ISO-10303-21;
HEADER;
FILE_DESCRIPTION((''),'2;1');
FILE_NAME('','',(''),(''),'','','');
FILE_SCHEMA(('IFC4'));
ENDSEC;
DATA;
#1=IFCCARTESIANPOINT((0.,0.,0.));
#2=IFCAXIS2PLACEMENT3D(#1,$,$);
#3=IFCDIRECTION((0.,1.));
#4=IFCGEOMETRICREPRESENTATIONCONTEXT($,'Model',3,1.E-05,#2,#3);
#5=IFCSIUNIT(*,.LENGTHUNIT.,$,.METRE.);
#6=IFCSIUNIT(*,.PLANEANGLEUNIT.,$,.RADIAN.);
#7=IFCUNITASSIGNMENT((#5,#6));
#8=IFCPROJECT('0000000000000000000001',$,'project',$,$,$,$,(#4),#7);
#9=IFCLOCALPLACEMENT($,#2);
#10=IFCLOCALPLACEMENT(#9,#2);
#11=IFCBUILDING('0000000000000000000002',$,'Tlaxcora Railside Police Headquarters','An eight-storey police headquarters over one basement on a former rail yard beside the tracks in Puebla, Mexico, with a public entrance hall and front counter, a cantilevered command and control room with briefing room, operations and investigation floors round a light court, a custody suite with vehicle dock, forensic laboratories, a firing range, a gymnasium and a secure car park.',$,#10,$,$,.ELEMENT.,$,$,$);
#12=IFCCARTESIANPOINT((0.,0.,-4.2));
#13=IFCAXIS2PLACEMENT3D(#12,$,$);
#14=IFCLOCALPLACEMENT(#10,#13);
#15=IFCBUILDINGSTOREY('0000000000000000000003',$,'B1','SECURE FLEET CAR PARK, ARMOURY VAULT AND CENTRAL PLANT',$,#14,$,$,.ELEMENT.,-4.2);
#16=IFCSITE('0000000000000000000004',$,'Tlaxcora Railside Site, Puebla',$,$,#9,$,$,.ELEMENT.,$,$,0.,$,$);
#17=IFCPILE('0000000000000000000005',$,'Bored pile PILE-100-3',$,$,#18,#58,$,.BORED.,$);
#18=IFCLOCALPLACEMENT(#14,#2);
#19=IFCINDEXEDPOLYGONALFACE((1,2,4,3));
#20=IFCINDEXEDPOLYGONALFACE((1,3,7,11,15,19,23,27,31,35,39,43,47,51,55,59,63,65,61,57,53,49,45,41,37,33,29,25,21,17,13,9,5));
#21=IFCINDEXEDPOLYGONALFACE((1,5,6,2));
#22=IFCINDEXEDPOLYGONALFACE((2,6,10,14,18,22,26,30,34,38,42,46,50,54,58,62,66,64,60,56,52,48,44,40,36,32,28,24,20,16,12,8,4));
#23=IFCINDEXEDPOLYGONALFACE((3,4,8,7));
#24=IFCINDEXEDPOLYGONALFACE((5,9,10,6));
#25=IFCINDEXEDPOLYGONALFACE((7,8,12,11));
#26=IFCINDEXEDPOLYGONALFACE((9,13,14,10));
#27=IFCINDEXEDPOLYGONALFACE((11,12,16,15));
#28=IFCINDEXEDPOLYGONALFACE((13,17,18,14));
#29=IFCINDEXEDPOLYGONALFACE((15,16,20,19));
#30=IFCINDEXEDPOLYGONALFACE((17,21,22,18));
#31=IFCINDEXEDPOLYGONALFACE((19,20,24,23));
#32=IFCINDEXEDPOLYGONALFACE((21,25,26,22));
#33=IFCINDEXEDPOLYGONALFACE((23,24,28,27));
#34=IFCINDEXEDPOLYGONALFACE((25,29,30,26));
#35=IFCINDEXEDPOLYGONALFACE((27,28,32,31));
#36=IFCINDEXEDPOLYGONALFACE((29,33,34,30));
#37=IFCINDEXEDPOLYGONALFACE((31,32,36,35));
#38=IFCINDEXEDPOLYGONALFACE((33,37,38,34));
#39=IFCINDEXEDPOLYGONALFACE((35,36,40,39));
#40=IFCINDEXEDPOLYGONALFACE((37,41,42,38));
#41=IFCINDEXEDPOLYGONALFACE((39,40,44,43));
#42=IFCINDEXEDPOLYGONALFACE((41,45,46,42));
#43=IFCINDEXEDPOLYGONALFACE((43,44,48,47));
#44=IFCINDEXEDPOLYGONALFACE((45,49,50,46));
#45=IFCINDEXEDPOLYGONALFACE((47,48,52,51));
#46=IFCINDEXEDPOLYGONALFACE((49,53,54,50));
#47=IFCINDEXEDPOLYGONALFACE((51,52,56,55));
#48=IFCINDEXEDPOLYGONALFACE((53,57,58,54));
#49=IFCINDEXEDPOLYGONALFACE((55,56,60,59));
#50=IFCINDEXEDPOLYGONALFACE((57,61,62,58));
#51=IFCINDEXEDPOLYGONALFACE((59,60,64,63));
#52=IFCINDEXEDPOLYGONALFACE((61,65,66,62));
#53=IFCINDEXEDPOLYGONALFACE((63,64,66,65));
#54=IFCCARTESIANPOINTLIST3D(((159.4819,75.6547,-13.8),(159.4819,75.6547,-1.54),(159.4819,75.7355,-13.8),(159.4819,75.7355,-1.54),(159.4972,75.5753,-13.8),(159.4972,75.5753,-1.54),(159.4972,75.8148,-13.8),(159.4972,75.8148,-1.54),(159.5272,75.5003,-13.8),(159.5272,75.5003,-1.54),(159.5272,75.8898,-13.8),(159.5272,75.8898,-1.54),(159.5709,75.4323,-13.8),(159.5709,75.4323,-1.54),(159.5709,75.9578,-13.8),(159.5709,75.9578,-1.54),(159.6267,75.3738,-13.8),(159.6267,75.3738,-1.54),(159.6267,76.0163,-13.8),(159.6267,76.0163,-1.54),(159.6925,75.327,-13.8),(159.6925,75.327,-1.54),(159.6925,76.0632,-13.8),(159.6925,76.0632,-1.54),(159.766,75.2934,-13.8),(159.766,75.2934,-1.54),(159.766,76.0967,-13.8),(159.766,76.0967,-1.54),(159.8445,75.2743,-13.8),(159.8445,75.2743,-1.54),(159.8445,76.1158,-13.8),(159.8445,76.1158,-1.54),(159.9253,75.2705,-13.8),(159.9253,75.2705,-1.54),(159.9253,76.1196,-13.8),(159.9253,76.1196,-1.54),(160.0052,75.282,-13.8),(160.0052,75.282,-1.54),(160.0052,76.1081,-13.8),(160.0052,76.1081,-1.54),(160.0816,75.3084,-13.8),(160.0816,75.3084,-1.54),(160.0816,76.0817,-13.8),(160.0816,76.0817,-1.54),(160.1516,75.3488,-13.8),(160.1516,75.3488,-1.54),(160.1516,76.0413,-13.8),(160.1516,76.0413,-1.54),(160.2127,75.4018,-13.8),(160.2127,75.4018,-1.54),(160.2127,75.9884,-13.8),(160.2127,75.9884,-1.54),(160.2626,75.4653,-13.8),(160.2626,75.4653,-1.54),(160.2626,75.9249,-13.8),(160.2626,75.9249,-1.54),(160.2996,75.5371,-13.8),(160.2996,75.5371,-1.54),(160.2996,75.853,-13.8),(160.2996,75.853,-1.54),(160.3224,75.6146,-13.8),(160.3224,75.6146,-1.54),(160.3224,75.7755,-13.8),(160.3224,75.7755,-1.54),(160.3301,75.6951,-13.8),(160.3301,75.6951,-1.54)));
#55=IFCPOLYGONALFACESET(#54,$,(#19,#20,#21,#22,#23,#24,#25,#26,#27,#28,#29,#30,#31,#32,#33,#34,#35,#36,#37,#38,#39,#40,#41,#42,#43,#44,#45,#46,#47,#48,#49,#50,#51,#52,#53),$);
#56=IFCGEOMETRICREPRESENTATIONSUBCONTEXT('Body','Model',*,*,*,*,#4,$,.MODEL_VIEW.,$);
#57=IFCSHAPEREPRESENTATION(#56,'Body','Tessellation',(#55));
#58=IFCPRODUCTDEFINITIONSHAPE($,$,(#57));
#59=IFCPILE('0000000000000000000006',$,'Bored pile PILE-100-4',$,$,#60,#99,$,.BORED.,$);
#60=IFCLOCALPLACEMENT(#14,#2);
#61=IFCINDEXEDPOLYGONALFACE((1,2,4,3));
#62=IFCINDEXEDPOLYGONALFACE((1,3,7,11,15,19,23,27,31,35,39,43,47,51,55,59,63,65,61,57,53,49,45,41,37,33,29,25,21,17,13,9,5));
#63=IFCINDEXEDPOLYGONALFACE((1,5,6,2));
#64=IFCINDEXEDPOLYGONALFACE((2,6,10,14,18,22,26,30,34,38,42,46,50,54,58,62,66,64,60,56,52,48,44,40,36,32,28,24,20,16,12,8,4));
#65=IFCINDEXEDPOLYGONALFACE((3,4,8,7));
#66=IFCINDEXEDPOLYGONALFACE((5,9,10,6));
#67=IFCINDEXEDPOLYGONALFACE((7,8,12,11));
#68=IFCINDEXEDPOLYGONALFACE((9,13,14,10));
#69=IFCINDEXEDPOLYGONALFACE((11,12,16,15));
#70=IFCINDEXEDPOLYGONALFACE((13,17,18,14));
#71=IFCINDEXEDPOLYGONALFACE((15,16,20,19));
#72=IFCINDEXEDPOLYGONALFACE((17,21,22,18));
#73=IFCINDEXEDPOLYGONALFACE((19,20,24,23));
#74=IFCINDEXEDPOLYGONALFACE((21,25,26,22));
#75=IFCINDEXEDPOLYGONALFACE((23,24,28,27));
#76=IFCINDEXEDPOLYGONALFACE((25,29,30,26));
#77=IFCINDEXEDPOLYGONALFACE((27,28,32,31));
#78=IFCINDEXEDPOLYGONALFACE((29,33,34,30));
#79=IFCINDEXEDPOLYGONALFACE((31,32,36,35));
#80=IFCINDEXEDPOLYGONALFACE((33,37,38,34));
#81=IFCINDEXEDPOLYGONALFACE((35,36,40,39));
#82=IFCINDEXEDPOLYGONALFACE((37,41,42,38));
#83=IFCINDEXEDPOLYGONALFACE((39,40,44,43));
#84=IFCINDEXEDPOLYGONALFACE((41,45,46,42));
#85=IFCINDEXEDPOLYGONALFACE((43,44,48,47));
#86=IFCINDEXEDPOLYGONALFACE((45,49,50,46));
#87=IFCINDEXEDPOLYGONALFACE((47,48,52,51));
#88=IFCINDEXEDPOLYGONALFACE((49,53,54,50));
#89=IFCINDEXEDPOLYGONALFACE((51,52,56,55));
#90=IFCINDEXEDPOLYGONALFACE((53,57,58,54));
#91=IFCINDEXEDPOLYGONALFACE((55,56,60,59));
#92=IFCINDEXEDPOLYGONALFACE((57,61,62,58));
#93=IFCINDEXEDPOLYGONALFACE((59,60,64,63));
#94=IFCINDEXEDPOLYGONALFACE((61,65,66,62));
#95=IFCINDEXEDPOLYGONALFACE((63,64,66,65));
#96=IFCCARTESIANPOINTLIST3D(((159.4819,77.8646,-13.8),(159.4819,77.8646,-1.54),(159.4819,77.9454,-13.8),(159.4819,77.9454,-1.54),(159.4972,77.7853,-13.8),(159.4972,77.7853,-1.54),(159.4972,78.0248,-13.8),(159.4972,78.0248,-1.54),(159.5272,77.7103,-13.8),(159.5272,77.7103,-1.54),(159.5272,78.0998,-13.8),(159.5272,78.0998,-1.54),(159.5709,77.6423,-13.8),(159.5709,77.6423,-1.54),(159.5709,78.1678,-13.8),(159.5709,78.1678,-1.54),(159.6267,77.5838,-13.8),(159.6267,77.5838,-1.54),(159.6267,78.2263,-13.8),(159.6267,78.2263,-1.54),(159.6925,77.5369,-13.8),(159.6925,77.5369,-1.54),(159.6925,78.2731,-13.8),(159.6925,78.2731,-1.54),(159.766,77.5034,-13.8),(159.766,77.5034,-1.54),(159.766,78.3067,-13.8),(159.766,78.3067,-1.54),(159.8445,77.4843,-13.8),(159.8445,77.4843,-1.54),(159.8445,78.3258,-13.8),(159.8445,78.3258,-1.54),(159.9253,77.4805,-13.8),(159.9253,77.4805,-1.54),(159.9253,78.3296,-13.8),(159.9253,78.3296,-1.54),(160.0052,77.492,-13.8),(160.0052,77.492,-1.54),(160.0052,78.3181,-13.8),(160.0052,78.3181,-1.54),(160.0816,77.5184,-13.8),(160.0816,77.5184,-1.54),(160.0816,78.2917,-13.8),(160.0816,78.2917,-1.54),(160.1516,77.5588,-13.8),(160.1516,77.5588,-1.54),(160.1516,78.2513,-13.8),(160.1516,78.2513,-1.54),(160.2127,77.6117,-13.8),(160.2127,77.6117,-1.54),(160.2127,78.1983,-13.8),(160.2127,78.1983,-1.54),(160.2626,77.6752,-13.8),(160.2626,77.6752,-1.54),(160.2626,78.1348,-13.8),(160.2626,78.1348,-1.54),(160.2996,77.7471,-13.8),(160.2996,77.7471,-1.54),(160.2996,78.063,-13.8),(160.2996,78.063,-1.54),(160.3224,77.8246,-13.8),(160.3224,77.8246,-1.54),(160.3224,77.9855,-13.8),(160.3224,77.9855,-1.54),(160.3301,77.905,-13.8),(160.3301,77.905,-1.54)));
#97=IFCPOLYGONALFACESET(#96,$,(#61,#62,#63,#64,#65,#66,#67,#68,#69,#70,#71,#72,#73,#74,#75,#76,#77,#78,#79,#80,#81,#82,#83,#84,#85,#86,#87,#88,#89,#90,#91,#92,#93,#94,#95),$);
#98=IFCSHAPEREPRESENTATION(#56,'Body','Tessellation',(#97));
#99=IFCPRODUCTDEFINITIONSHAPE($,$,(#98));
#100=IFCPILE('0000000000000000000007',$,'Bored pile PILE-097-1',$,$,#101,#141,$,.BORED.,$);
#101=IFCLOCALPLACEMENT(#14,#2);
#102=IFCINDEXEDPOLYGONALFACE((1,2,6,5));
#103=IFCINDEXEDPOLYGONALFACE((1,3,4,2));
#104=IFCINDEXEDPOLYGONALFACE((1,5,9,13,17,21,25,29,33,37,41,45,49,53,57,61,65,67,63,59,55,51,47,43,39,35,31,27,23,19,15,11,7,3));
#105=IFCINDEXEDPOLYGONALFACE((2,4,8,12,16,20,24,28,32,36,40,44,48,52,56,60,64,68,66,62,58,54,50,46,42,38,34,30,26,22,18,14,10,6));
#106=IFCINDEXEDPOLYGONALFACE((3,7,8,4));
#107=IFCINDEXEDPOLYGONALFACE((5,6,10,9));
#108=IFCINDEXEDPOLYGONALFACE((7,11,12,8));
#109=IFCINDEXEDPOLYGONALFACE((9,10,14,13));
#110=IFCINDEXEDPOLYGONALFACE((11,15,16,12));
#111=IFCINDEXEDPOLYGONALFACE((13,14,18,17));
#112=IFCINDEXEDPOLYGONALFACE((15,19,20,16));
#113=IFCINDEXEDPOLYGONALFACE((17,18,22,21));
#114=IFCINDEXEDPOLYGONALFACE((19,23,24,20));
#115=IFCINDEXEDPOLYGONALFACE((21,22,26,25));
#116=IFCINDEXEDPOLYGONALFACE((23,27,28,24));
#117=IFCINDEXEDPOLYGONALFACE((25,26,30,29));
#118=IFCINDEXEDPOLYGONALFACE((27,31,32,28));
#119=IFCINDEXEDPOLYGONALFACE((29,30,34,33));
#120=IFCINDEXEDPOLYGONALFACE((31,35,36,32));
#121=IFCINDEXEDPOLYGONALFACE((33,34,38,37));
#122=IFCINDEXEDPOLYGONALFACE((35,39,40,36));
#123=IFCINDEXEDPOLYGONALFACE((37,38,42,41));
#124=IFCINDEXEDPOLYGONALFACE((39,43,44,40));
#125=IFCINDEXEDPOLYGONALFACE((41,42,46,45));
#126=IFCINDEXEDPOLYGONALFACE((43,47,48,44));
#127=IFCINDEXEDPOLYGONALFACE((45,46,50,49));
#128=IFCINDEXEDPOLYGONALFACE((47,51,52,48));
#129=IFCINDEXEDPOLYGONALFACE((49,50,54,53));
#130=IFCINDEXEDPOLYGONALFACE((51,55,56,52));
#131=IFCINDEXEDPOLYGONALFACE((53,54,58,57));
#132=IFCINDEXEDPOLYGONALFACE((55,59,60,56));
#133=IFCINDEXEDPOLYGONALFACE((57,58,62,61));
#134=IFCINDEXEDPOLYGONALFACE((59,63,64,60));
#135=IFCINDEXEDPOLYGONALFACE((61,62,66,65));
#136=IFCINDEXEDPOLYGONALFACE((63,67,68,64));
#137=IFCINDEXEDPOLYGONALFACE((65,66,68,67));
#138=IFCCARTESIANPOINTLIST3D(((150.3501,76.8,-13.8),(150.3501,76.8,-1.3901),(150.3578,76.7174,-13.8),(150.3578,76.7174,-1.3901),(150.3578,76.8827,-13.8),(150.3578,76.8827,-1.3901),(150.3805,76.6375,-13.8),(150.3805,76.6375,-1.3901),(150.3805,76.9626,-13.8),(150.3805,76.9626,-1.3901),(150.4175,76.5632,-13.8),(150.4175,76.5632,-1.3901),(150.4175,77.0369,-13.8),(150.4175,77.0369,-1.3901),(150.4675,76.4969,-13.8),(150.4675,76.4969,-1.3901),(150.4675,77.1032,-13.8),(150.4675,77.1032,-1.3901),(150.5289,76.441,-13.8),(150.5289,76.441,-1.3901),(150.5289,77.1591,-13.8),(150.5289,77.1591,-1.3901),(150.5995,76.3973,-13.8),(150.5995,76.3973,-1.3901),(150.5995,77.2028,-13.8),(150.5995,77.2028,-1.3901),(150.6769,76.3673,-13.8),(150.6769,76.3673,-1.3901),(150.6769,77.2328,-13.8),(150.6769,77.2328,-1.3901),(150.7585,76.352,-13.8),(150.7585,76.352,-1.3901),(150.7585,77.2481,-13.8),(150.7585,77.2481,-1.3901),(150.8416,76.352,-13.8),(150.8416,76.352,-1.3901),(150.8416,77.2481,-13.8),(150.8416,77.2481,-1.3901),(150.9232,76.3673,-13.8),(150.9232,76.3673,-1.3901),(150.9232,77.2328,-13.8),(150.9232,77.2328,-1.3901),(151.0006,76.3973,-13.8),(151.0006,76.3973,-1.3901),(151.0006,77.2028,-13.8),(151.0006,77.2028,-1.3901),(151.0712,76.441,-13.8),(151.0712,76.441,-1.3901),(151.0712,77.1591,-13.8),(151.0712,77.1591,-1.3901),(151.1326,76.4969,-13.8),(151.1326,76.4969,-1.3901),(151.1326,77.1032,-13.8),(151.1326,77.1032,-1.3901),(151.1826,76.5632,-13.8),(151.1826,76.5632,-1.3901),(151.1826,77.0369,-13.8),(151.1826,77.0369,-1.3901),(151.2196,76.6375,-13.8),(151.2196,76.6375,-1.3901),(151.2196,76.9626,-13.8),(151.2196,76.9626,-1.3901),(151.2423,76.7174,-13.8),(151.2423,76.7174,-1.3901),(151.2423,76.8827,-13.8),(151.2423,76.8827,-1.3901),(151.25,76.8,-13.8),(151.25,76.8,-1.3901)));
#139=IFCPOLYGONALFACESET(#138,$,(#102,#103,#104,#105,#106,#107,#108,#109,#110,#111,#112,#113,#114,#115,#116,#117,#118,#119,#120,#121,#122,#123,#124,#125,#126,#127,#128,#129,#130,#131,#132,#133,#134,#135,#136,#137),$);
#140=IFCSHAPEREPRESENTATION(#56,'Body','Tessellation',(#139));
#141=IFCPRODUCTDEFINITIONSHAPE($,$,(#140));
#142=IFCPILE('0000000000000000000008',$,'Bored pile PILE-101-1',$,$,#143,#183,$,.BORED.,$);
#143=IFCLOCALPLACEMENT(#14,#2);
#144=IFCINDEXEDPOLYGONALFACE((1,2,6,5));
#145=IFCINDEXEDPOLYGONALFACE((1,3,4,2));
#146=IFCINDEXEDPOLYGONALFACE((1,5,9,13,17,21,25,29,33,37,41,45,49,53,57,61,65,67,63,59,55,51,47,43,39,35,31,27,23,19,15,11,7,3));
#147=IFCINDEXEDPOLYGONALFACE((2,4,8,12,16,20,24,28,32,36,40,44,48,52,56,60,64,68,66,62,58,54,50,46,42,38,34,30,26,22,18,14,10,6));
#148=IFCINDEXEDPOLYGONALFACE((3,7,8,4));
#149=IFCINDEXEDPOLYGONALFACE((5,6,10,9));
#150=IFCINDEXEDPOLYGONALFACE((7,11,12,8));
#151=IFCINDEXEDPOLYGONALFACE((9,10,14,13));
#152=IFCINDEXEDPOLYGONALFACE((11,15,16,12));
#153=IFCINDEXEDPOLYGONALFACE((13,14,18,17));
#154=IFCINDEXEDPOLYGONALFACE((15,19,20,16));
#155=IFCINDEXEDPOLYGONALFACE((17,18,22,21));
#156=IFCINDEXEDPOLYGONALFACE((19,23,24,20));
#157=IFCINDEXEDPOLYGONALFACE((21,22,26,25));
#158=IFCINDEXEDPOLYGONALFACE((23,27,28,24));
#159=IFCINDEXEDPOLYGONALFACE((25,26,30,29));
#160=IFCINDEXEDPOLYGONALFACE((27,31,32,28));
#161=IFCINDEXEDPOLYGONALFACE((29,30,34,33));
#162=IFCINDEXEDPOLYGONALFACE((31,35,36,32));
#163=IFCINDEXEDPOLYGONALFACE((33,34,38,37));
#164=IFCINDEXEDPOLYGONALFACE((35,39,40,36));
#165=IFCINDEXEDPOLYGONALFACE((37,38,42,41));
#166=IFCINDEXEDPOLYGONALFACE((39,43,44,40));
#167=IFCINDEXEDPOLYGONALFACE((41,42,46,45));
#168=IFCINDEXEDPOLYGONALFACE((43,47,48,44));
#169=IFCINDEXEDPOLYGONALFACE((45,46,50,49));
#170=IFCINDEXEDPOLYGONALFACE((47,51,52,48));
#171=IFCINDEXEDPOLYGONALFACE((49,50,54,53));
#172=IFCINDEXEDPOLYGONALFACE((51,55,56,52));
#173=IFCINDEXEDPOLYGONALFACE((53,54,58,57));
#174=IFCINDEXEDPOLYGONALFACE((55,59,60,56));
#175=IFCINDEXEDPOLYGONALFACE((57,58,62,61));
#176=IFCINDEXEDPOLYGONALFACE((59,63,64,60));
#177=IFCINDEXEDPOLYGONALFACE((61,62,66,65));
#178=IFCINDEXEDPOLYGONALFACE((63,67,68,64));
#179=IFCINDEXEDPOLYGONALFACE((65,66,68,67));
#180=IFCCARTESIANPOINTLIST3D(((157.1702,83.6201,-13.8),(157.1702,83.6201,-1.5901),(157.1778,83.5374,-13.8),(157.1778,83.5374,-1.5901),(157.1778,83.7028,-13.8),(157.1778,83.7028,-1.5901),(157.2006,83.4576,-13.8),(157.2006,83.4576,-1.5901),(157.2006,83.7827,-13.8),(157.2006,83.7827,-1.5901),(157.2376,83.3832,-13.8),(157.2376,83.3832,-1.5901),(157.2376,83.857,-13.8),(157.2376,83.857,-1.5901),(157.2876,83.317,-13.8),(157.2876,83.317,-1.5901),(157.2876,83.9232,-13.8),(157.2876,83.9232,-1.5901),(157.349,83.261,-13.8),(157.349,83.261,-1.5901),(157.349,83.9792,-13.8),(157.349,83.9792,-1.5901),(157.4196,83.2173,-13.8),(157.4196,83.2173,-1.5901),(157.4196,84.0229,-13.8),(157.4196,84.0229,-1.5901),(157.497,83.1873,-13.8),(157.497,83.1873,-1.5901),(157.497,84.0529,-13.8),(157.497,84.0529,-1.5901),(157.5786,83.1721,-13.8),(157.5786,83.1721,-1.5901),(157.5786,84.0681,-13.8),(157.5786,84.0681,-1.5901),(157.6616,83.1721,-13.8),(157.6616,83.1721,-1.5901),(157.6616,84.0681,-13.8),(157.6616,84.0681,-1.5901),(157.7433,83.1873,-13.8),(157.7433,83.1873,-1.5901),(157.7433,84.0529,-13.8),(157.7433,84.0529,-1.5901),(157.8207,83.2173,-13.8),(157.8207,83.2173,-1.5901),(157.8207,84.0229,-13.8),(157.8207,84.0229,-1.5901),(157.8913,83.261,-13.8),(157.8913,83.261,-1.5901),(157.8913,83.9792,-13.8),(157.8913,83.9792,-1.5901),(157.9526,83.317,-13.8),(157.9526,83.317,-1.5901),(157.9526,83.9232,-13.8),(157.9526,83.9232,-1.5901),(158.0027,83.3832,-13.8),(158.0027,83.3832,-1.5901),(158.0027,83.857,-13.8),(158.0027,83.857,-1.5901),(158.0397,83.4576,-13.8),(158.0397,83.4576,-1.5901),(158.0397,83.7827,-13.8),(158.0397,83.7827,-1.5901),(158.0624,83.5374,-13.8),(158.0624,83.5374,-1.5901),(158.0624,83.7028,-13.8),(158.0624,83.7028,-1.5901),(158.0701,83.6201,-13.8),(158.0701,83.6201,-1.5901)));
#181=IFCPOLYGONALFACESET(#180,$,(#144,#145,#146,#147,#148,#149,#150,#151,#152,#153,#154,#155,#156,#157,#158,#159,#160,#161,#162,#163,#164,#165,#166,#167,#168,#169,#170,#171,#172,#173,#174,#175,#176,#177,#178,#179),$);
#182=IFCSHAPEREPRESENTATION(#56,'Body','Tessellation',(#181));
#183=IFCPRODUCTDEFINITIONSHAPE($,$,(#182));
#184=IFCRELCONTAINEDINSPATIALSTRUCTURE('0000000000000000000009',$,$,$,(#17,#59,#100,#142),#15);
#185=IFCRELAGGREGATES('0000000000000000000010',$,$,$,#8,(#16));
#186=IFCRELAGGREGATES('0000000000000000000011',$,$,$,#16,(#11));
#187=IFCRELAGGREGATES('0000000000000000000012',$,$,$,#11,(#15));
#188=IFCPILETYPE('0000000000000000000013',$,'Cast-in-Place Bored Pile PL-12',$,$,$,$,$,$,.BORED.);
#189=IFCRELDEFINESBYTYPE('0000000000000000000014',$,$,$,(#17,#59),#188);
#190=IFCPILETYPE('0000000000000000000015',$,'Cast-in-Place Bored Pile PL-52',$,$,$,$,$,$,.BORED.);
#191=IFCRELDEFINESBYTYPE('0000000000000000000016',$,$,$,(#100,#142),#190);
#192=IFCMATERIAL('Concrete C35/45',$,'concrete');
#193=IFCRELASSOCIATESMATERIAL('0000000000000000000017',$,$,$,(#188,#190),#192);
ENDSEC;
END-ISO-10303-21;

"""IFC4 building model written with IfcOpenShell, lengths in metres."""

from ifc_helpers import new_model, si_unit, direction, frame, origin, origin_2d, place, context, subcontext, project, spatial, circle, extrude, material, material_profile, profile_set, type_object, element, save


model = new_model("IFC4")

# Units and contexts
model_context = context("Model", 3, precision=1e-05, world=origin(), true_north=direction((0.0, 1.0)))
body_context = subcontext(model_context, "Body", "Model", "MODEL_VIEW")
ifc_project = project(units=[si_unit("LENGTHUNIT", "METRE"), si_unit("PLANEANGLEUNIT", "RADIAN")], contexts=[model_context])

# Site, building, storey
site_placement = place(None, origin())
site = spatial("IfcSite", under=ifc_project, at=site_placement, Name="Tlaxcora Railside Site, Puebla", CompositionType="ELEMENT", RefElevation=0.0)
building_placement = place(site_placement, origin())
building = spatial("IfcBuilding", under=site, at=building_placement, Name="Tlaxcora Railside Police Headquarters", Description="An eight-storey police headquarters over one basement on a former rail yard beside the tracks in Puebla, Mexico, with a public entrance hall and front counter, a cantilevered command and control room with briefing room, operations and investigation floors round a light court, a custody suite with vehicle dock, forensic laboratories, a firing range, a gymnasium and a secure car park.", CompositionType="ELEMENT")
storey_placement = place(building_placement, frame((0.0, 0.0, -4.2)))
storey = spatial("IfcBuildingStorey", under=building, at=storey_placement, Name="B1", Description="SECURE FLEET CAR PARK, ARMOURY VAULT AND CENTRAL PLANT", CompositionType="ELEMENT", Elevation=-4.2)

# Piles
ifc_material_1 = material(Name="Concrete C35/45", Category="concrete")
ifc_material_profile_1 = material_profile(ifc_material_1, circle(Radius=0.425, at=origin_2d()), Name="PILE850")
ifc_profile_set_1 = profile_set([ifc_material_profile_1], Name="Concrete C35/45")
pile_type_1 = type_object("IfcPileType", Name="Cast-in-Place Bored Pile PL-12", PredefinedType="BORED", material=ifc_profile_set_1)
for number, where, z_axis, x_axis, name in (
    (1, (159.905, 75.6951, -1.54), (0.0, 0.0, -1.0), (1.0, 0.0, 0.0), "Bored pile PILE-100-3"),
    (2, (159.905, 77.905, -1.54), (0.0, 0.0, -1.0), (1.0, 0.0, 0.0), "Bored pile PILE-100-4"),
):
    element("IfcPile", number, at=place(storey_placement, frame(where, z_axis=z_axis, x_axis=x_axis)), inside=storey, type_object=pile_type_1, Name=name, PredefinedType="BORED", context=body_context, shape_type="SweptSolid", body=[
        extrude(circle(Radius=0.425, at=origin_2d()), origin(), (0.0, 0.0, 1.0), 12.26),
    ])
ifc_material_profile_2 = material_profile(ifc_material_1, circle(Radius=0.45, at=origin_2d()), Name="PILE900")
ifc_profile_set_2 = profile_set([ifc_material_profile_2], Name="Concrete C35/45")
pile_type_2 = type_object("IfcPileType", Name="Cast-in-Place Bored Pile PL-52", PredefinedType="BORED", material=ifc_profile_set_2)
pile_1_placement = place(storey_placement, frame((150.8, 76.8, -1.3901), z_axis=(0.0, 0.0, -1.0), x_axis=(1.0, 0.0, 0.0)))
element("IfcPile", 3, at=pile_1_placement, inside=storey, type_object=pile_type_2, Name="Bored pile PILE-097-1", PredefinedType="BORED", context=body_context, shape_type="SweptSolid", body=[
    extrude(circle(Radius=0.45, at=origin_2d()), origin(), (0.0, 0.0, 1.0), 12.4099),
])
for number, where, z_axis, x_axis, name in (
    (4, (157.6201, 83.6201, -1.5901), (0.0, 0.0, -1.0), (1.0, 0.0, 0.0), "Bored pile PILE-101-1"),
):
    element("IfcPile", number, at=place(storey_placement, frame(where, z_axis=z_axis, x_axis=x_axis)), inside=storey, type_object=pile_type_2, Name=name, PredefinedType="BORED", context=body_context, shape_type="SweptSolid", body=[
        extrude(circle(Radius=0.45, at=origin_2d()), origin(), (0.0, 0.0, 1.0), 12.21),
    ])

save(model, "model.ifc")
